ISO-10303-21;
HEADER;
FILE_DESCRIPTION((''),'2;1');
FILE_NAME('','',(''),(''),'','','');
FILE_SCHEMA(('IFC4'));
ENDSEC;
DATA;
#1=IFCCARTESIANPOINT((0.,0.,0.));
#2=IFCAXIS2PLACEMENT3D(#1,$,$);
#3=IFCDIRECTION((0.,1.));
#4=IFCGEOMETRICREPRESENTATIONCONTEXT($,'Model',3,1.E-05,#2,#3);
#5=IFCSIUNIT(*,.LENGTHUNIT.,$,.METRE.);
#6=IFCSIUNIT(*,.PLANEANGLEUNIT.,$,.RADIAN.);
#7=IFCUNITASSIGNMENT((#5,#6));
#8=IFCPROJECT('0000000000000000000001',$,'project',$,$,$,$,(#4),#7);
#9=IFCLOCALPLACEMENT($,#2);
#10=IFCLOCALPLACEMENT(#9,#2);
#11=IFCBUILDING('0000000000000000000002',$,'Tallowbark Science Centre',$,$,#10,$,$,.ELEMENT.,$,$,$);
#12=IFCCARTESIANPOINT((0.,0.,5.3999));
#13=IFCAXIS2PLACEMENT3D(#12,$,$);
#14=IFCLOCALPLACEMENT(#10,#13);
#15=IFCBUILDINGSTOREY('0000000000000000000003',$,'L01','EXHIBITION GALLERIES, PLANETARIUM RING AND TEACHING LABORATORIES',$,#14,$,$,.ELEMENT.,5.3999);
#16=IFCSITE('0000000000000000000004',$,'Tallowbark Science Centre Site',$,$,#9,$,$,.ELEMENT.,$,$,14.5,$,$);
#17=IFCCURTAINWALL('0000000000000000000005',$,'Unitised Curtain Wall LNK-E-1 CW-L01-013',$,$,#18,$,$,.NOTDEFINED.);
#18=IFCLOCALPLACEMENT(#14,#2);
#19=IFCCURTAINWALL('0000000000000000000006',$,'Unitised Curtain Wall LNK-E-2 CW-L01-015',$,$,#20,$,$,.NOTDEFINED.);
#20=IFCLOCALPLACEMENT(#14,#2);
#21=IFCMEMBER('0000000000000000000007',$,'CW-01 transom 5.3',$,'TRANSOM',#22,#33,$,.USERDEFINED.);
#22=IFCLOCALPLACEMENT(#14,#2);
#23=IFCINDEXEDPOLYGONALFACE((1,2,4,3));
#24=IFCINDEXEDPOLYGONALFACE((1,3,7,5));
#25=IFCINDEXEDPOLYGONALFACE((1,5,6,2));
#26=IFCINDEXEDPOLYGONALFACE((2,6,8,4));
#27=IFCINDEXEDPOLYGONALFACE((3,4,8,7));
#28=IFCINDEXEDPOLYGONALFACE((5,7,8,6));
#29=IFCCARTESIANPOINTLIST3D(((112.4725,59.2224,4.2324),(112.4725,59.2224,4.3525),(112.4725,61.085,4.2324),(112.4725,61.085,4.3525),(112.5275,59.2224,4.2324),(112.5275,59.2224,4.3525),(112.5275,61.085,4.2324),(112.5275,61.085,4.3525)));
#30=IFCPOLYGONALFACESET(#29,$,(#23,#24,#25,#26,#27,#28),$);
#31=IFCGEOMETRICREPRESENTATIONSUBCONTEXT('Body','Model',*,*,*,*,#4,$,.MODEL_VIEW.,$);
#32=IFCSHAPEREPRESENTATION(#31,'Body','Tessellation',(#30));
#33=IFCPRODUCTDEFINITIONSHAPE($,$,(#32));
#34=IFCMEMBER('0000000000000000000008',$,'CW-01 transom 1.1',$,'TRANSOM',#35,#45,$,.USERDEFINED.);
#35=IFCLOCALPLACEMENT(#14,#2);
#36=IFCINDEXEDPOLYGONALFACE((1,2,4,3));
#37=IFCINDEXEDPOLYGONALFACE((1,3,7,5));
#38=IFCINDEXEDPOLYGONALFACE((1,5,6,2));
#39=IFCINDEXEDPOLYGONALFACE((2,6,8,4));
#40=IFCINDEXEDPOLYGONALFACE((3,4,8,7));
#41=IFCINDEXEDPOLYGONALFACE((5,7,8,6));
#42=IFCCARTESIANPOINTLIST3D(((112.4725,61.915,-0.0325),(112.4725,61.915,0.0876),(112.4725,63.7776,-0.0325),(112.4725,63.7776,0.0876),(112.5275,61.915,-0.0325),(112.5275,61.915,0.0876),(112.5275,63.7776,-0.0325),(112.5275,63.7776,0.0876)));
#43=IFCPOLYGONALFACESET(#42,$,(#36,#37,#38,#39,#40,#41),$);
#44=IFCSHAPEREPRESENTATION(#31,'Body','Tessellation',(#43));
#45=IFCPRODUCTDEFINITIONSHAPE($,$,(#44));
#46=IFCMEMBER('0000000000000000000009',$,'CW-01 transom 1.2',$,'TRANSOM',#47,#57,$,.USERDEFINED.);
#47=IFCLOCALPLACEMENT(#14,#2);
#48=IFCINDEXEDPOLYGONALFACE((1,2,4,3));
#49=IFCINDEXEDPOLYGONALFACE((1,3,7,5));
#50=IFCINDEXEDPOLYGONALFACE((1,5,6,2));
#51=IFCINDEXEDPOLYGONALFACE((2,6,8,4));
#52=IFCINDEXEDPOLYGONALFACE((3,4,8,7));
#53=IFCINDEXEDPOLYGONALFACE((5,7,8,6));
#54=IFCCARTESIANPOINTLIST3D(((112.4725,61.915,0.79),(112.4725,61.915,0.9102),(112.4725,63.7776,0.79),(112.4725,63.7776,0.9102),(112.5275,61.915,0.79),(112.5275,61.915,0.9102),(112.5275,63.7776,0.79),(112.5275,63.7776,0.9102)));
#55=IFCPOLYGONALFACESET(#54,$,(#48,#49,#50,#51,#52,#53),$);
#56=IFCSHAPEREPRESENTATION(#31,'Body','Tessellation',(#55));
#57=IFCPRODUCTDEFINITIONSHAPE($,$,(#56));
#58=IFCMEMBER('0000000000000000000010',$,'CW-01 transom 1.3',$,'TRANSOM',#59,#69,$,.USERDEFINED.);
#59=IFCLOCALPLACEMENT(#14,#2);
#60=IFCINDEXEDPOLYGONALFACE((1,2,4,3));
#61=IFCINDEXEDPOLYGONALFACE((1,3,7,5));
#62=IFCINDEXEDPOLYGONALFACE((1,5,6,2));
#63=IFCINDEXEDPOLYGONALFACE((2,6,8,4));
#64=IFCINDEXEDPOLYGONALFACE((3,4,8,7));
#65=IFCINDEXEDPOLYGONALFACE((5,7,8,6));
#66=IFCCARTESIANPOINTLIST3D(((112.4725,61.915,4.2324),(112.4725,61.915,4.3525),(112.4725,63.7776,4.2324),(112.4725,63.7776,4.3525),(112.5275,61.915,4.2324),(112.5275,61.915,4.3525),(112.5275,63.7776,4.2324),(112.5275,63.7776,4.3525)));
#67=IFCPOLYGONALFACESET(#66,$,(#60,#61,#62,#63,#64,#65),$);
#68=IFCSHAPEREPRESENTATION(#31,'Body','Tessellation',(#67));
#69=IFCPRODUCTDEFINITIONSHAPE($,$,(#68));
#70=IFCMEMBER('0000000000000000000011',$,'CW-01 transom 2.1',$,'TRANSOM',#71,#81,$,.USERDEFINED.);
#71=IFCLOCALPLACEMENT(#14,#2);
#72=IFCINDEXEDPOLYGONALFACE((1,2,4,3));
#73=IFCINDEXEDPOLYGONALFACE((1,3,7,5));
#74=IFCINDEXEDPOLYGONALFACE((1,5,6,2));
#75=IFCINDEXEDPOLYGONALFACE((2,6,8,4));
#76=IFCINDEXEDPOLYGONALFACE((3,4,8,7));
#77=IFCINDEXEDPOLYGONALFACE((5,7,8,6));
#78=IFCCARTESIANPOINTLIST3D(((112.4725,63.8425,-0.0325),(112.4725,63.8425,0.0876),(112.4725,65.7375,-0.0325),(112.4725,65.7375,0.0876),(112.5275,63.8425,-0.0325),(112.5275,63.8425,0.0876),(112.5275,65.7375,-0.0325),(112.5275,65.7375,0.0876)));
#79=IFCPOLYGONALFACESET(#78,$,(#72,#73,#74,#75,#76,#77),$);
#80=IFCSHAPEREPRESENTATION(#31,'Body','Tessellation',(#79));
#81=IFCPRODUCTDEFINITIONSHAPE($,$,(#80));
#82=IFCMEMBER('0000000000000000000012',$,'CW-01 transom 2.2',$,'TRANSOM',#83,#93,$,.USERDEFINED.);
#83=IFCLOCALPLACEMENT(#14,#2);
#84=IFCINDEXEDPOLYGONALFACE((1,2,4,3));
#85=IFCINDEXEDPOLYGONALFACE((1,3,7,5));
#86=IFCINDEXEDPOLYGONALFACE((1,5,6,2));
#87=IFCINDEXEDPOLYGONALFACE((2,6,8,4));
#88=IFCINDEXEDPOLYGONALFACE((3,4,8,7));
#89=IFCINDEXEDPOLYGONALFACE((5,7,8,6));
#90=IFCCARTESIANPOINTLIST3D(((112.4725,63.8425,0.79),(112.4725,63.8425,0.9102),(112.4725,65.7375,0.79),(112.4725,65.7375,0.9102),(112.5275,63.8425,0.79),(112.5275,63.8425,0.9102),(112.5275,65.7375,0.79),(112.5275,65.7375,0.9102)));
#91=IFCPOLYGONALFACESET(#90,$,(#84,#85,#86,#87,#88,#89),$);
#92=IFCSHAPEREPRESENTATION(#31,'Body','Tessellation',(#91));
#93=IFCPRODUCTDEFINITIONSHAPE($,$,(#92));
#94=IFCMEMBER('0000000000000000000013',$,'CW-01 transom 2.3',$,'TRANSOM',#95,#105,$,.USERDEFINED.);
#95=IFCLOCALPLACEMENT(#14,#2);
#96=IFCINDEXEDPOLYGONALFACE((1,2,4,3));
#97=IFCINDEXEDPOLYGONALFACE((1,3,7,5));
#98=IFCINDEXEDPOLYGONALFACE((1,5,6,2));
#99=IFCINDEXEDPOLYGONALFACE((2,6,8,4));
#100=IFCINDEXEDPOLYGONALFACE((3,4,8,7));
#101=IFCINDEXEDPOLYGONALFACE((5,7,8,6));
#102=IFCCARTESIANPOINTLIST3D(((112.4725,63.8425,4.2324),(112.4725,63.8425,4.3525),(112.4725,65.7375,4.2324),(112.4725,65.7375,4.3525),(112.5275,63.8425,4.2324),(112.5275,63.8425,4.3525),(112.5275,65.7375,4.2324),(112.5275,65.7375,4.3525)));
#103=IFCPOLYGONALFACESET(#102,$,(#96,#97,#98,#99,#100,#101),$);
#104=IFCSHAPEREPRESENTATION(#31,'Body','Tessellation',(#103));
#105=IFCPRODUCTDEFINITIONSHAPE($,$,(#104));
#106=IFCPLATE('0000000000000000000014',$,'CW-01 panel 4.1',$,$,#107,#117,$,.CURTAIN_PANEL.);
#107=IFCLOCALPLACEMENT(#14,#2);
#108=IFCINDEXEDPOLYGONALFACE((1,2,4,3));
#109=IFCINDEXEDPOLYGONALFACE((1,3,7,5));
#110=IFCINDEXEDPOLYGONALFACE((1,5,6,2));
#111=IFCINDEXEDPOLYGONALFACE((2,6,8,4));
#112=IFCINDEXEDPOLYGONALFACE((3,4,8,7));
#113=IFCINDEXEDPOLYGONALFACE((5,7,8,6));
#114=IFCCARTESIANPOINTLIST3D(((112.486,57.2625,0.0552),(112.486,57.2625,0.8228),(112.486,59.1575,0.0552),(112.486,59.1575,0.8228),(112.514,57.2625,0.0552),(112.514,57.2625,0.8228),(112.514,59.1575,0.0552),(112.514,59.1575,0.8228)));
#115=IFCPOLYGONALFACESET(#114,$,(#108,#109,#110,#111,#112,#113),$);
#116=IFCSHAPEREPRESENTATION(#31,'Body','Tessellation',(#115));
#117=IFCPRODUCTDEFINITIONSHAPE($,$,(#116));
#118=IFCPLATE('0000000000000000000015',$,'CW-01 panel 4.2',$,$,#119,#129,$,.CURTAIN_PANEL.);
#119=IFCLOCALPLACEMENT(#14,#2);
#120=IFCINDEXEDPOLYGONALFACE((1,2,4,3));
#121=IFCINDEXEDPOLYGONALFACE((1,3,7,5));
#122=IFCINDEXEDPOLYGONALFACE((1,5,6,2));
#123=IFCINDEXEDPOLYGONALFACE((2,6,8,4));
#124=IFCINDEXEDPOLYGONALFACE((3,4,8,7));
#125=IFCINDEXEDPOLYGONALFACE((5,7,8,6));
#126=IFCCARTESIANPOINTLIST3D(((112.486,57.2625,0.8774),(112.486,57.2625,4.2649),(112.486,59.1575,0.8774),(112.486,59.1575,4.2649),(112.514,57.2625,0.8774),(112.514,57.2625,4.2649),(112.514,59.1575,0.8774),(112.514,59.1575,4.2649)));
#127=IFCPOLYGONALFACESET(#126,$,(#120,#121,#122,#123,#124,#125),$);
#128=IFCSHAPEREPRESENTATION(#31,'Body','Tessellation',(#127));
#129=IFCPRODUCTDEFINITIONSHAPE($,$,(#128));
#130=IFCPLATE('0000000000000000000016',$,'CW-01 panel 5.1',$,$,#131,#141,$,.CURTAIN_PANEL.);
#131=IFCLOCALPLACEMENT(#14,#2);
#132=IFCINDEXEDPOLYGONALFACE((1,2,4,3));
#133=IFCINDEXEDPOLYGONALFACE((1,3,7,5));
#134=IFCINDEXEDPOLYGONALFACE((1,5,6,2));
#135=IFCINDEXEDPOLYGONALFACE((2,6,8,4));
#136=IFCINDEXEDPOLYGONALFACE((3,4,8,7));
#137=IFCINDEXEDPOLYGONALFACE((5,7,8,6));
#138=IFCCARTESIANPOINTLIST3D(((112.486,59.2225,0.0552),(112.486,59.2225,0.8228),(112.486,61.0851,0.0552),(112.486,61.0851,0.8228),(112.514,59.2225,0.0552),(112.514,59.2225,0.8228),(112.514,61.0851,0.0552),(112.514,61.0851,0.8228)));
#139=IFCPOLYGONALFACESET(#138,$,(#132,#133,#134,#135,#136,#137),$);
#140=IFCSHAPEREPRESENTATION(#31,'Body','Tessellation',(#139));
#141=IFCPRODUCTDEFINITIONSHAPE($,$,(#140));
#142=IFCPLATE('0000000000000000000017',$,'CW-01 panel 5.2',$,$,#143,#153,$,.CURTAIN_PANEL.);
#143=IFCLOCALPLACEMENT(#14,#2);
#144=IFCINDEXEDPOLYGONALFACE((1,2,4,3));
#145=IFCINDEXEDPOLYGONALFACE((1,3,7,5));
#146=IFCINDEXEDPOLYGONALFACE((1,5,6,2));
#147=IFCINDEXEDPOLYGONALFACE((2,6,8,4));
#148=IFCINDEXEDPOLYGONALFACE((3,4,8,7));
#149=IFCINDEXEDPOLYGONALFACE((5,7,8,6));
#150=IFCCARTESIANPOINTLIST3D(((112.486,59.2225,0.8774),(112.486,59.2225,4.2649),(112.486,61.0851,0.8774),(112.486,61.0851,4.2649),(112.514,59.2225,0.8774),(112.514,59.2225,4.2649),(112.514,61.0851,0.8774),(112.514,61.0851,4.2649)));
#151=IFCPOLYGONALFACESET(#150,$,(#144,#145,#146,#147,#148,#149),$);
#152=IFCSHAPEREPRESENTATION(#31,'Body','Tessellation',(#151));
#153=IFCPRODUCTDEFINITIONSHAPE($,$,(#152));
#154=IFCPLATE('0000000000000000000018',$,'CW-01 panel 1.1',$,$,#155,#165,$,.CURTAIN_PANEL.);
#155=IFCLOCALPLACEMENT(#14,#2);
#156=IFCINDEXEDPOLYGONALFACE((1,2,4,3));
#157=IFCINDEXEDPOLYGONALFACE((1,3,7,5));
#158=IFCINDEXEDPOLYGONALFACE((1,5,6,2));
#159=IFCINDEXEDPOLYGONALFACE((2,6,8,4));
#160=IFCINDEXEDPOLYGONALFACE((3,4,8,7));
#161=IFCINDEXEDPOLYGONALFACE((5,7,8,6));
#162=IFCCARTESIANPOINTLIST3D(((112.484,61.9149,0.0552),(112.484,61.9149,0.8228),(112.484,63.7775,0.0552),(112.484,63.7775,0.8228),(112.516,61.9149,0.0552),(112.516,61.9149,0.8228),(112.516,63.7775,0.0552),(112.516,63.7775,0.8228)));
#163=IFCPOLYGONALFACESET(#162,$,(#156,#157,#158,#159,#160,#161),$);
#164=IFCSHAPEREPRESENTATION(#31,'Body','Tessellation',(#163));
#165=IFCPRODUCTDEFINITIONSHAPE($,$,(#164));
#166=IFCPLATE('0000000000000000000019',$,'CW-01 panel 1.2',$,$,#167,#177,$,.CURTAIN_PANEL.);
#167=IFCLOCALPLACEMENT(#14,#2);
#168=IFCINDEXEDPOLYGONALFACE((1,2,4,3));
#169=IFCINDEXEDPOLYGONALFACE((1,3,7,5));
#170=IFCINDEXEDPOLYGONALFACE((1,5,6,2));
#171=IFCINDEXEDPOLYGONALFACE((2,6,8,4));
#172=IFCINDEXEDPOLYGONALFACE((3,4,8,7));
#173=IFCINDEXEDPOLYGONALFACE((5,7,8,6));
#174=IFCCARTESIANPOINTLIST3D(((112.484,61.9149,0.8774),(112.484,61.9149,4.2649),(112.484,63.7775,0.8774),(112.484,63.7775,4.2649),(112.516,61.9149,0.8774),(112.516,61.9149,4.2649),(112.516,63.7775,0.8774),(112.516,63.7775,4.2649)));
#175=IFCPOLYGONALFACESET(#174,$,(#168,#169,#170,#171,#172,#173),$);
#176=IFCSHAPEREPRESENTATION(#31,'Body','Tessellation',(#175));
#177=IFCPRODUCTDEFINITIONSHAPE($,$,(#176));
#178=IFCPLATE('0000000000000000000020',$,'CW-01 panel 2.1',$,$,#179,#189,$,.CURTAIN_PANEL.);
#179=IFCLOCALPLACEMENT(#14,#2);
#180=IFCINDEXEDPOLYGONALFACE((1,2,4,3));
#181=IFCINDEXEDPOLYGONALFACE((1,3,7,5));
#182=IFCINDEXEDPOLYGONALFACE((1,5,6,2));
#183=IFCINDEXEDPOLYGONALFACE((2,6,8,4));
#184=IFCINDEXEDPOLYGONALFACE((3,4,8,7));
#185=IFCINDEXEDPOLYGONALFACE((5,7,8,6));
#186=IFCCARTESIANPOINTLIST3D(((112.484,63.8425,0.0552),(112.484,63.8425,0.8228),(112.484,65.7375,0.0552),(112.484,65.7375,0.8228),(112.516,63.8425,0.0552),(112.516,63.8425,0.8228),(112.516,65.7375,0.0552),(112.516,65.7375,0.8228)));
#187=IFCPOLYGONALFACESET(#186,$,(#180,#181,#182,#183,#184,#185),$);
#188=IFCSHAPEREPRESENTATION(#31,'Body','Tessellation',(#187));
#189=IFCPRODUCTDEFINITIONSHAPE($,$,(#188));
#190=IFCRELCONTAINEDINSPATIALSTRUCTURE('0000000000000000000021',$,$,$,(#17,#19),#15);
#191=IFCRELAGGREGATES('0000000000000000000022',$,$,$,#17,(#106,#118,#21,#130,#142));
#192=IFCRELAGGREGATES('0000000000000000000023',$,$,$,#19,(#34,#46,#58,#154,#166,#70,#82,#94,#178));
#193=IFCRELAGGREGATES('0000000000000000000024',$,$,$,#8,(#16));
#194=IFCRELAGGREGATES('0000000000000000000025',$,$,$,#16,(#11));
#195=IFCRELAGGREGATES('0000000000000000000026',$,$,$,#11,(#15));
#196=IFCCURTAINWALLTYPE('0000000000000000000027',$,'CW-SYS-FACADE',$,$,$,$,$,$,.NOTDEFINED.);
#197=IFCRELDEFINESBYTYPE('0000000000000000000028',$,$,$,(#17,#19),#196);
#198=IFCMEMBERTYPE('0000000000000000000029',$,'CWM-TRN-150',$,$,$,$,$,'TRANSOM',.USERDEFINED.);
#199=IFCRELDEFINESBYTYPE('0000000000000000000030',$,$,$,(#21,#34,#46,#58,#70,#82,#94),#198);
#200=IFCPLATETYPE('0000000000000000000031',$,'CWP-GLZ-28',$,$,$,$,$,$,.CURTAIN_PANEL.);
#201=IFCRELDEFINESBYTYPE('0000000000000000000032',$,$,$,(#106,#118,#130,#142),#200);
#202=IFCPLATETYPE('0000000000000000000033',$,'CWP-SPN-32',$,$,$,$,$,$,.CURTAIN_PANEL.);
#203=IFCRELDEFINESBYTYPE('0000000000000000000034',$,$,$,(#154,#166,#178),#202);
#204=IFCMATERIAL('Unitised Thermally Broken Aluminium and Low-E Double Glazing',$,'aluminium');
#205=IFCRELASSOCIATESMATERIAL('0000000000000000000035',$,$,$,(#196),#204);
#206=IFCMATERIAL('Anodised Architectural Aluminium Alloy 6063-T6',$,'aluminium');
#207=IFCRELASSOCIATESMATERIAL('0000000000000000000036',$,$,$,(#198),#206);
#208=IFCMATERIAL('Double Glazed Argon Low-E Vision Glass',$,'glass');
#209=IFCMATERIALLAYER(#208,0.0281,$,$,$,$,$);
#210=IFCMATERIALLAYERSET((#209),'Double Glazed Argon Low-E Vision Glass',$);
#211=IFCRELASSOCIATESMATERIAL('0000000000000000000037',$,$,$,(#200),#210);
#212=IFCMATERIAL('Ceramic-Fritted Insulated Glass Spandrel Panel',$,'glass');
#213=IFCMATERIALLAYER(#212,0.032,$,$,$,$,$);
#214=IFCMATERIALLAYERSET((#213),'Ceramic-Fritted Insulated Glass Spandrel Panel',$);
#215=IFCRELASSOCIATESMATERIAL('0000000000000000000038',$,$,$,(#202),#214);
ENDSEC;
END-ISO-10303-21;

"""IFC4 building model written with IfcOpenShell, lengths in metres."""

from ifc_helpers import new_model, si_unit, direction, frame, origin, origin_2d, place, context, subcontext, project, spatial, rectangle, extrude, material, layer, layer_set, material_profile, profile_set, type_object, element, aggregate, save


model = new_model("IFC4")

# Units and contexts
model_context = context("Model", 3, precision=1e-05, world=origin(), true_north=direction((0.0, 1.0)))
body_context = subcontext(model_context, "Body", "Model", "MODEL_VIEW")
ifc_project = project(units=[si_unit("LENGTHUNIT", "METRE"), si_unit("PLANEANGLEUNIT", "RADIAN")], contexts=[model_context])

# Site, building, storey
site_placement = place(None, origin())
site = spatial("IfcSite", under=ifc_project, at=site_placement, Name="Tallowbark Science Centre Site", CompositionType="ELEMENT", RefElevation=14.5)
building_placement = place(site_placement, origin())
building = spatial("IfcBuilding", under=site, at=building_placement, Name="Tallowbark Science Centre", CompositionType="ELEMENT")
storey_placement = place(building_placement, frame((0.0, 0.0, 5.3999)))
storey = spatial("IfcBuildingStorey", under=building, at=storey_placement, Name="L01", Description="EXHIBITION GALLERIES, PLANETARIUM RING AND TEACHING LABORATORIES", CompositionType="ELEMENT", Elevation=5.3999)

# Curtain walls
ifc_material_1 = material(Name="Unitised Thermally Broken Aluminium and Low-E Double Glazing", Category="aluminium")
curtain_wall_type = type_object("IfcCurtainWallType", Name="CW-SYS-FACADE", PredefinedType="NOTDEFINED", material=ifc_material_1)
curtain_wall_1_placement = place(storey_placement, origin())
curtain_wall_1 = element("IfcCurtainWall", 1, at=curtain_wall_1_placement, inside=storey, type_object=curtain_wall_type, Name="Unitised Curtain Wall LNK-E-1 CW-L01-013", PredefinedType="NOTDEFINED")
ifc_material_2 = material(Name="Anodised Architectural Aluminium Alloy 6063-T6", Category="aluminium")
curtain_wall_2_placement = place(storey_placement, origin())
curtain_wall_2 = element("IfcCurtainWall", 2, at=curtain_wall_2_placement, inside=storey, type_object=curtain_wall_type, Name="Unitised Curtain Wall LNK-E-2 CW-L01-015", PredefinedType="NOTDEFINED")

# Members
ifc_material_profile_1 = material_profile(ifc_material_2, rectangle(XDim=0.0549, YDim=0.1201, at=origin_2d()), Name="ALU55x120")
ifc_profile_set_1 = profile_set([ifc_material_profile_1], Name="Anodised Architectural Aluminium Alloy 6063-T6")
member_type_1 = type_object("IfcMemberType", Name="CWM-TRN-150", ElementType="TRANSOM", PredefinedType="USERDEFINED", material=ifc_profile_set_1)
member_1_placement = place(storey_placement, frame((112.5, 59.2224, 4.2925), z_axis=(0.0, 1.0, 0.0), x_axis=(-1.0, 0.0, 0.0)))
member_1 = element("IfcMember", 3, at=member_1_placement, type_object=member_type_1, Name="CW-01 transom 5.3", ObjectType="TRANSOM", PredefinedType="USERDEFINED", context=body_context, shape_type="SweptSolid", body=[
    extrude(rectangle(XDim=0.0549, YDim=0.1201, at=origin_2d()), origin(), (0.0, 0.0, 1.0), 1.8625),
])
member_2_placement = place(storey_placement, frame((112.5, 61.915, 0.0276), z_axis=(0.0, 1.0, 0.0), x_axis=(-1.0, 0.0, 0.0)))
member_2 = element("IfcMember", 4, at=member_2_placement, type_object=member_type_1, Name="CW-01 transom 1.1", ObjectType="TRANSOM", PredefinedType="USERDEFINED", context=body_context, shape_type="SweptSolid", body=[
    extrude(rectangle(XDim=0.0549, YDim=0.1201, at=origin_2d()), origin(), (0.0, 0.0, 1.0), 1.8625),
])
member_3_placement = place(storey_placement, frame((112.5, 61.915, 0.8501), z_axis=(0.0, 1.0, 0.0), x_axis=(-1.0, 0.0, 0.0)))
member_3 = element("IfcMember", 5, at=member_3_placement, type_object=member_type_1, Name="CW-01 transom 1.2", ObjectType="TRANSOM", PredefinedType="USERDEFINED", context=body_context, shape_type="SweptSolid", body=[
    extrude(rectangle(XDim=0.0549, YDim=0.1201, at=origin_2d()), origin(), (0.0, 0.0, 1.0), 1.8625),
])
member_4_placement = place(storey_placement, frame((112.5, 61.915, 4.2925), z_axis=(0.0, 1.0, 0.0), x_axis=(-1.0, 0.0, 0.0)))
member_4 = element("IfcMember", 6, at=member_4_placement, type_object=member_type_1, Name="CW-01 transom 1.3", ObjectType="TRANSOM", PredefinedType="USERDEFINED", context=body_context, shape_type="SweptSolid", body=[
    extrude(rectangle(XDim=0.0549, YDim=0.1201, at=origin_2d()), origin(), (0.0, 0.0, 1.0), 1.8625),
])
member_5_placement = place(storey_placement, frame((112.5, 63.8425, 0.0276), z_axis=(0.0, 1.0, 0.0), x_axis=(-1.0, 0.0, 0.0)))
member_5 = element("IfcMember", 7, at=member_5_placement, type_object=member_type_1, Name="CW-01 transom 2.1", ObjectType="TRANSOM", PredefinedType="USERDEFINED", context=body_context, shape_type="SweptSolid", body=[
    extrude(rectangle(XDim=0.0549, YDim=0.1201, at=origin_2d()), origin(), (0.0, 0.0, 1.0), 1.895),
])
member_6_placement = place(storey_placement, frame((112.5, 63.8425, 0.8501), z_axis=(0.0, 1.0, 0.0), x_axis=(-1.0, 0.0, 0.0)))
member_6 = element("IfcMember", 8, at=member_6_placement, type_object=member_type_1, Name="CW-01 transom 2.2", ObjectType="TRANSOM", PredefinedType="USERDEFINED", context=body_context, shape_type="SweptSolid", body=[
    extrude(rectangle(XDim=0.0549, YDim=0.1201, at=origin_2d()), origin(), (0.0, 0.0, 1.0), 1.895),
])
member_7_placement = place(storey_placement, frame((112.5, 63.8425, 4.2925), z_axis=(0.0, 1.0, 0.0), x_axis=(-1.0, 0.0, 0.0)))
member_7 = element("IfcMember", 9, at=member_7_placement, type_object=member_type_1, Name="CW-01 transom 2.3", ObjectType="TRANSOM", PredefinedType="USERDEFINED", context=body_context, shape_type="SweptSolid", body=[
    extrude(rectangle(XDim=0.0549, YDim=0.1201, at=origin_2d()), origin(), (0.0, 0.0, 1.0), 1.895),
])

# Plates
ifc_material_3 = material(Name="Double Glazed Argon Low-E Vision Glass", Category="glass")
ifc_layer_1 = layer(ifc_material_3, 0.0281)
ifc_layer_set_1 = layer_set([ifc_layer_1], Name="Double Glazed Argon Low-E Vision Glass")
plate_type_1 = type_object("IfcPlateType", Name="CWP-GLZ-28", PredefinedType="CURTAIN_PANEL", material=ifc_layer_set_1)
plate_1_placement = place(storey_placement, frame((112.5, 58.21, 0.0552), z_axis=(0.0, 0.0, 1.0), x_axis=(0.0, 1.0, 0.0)))
plate_1 = element("IfcPlate", 10, at=plate_1_placement, type_object=plate_type_1, Name="CW-01 panel 4.1", PredefinedType="CURTAIN_PANEL", context=body_context, shape_type="SweptSolid", body=[
    extrude(rectangle(XDim=1.895, YDim=0.0281, at=origin_2d()), origin(), (0.0, 0.0, 1.0), 0.7676),
])
plate_2_placement = place(storey_placement, frame((112.5, 58.21, 0.8774), z_axis=(0.0, 0.0, 1.0), x_axis=(0.0, 1.0, 0.0)))
plate_2 = element("IfcPlate", 11, at=plate_2_placement, type_object=plate_type_1, Name="CW-01 panel 4.2", PredefinedType="CURTAIN_PANEL", context=body_context, shape_type="SweptSolid", body=[
    extrude(rectangle(XDim=1.895, YDim=0.0281, at=origin_2d()), origin(), (0.0, 0.0, 1.0), 3.3875),
])
plate_3_placement = place(storey_placement, frame((112.5, 60.1538, 0.0552), z_axis=(0.0, 0.0, 1.0), x_axis=(0.0, 1.0, 0.0)))
plate_3 = element("IfcPlate", 12, at=plate_3_placement, type_object=plate_type_1, Name="CW-01 panel 5.1", PredefinedType="CURTAIN_PANEL", context=body_context, shape_type="SweptSolid", body=[
    extrude(rectangle(XDim=1.8625, YDim=0.0281, at=origin_2d()), origin(), (0.0, 0.0, 1.0), 0.7676),
])
plate_4_placement = place(storey_placement, frame((112.5, 60.1538, 0.8774), z_axis=(0.0, 0.0, 1.0), x_axis=(0.0, 1.0, 0.0)))
plate_4 = element("IfcPlate", 13, at=plate_4_placement, type_object=plate_type_1, Name="CW-01 panel 5.2", PredefinedType="CURTAIN_PANEL", context=body_context, shape_type="SweptSolid", body=[
    extrude(rectangle(XDim=1.8625, YDim=0.0281, at=origin_2d()), origin(), (0.0, 0.0, 1.0), 3.3875),
])
aggregate(curtain_wall_1, [plate_1, plate_2, member_1, plate_3, plate_4])
ifc_material_4 = material(Name="Ceramic-Fritted Insulated Glass Spandrel Panel", Category="glass")
ifc_layer_2 = layer(ifc_material_4, 0.032)
ifc_layer_set_2 = layer_set([ifc_layer_2], Name="Ceramic-Fritted Insulated Glass Spandrel Panel")
plate_type_2 = type_object("IfcPlateType", Name="CWP-SPN-32", PredefinedType="CURTAIN_PANEL", material=ifc_layer_set_2)
plate_5_placement = place(storey_placement, frame((112.5, 62.8462, 0.0552), z_axis=(0.0, 0.0, 1.0), x_axis=(0.0, 1.0, 0.0)))
plate_5 = element("IfcPlate", 14, at=plate_5_placement, type_object=plate_type_2, Name="CW-01 panel 1.1", PredefinedType="CURTAIN_PANEL", context=body_context, shape_type="SweptSolid", body=[
    extrude(rectangle(XDim=1.8625, YDim=0.032, at=origin_2d()), origin(), (0.0, 0.0, 1.0), 0.7676),
])
plate_6_placement = place(storey_placement, frame((112.5, 62.8462, 0.8774), z_axis=(0.0, 0.0, 1.0), x_axis=(0.0, 1.0, 0.0)))
plate_6 = element("IfcPlate", 15, at=plate_6_placement, type_object=plate_type_2, Name="CW-01 panel 1.2", PredefinedType="CURTAIN_PANEL", context=body_context, shape_type="SweptSolid", body=[
    extrude(rectangle(XDim=1.8625, YDim=0.032, at=origin_2d()), origin(), (0.0, 0.0, 1.0), 3.3875),
])
plate_7_placement = place(storey_placement, frame((112.5, 64.79, 0.0552), z_axis=(0.0, 0.0, 1.0), x_axis=(0.0, 1.0, 0.0)))
plate_7 = element("IfcPlate", 16, at=plate_7_placement, type_object=plate_type_2, Name="CW-01 panel 2.1", PredefinedType="CURTAIN_PANEL", context=body_context, shape_type="SweptSolid", body=[
    extrude(rectangle(XDim=1.895, YDim=0.032, at=origin_2d()), origin(), (0.0, 0.0, 1.0), 0.7676),
])
aggregate(curtain_wall_2, [member_2, member_3, member_4, plate_5, plate_6, member_5, member_6, member_7, plate_7])

save(model, "model.ifc")
